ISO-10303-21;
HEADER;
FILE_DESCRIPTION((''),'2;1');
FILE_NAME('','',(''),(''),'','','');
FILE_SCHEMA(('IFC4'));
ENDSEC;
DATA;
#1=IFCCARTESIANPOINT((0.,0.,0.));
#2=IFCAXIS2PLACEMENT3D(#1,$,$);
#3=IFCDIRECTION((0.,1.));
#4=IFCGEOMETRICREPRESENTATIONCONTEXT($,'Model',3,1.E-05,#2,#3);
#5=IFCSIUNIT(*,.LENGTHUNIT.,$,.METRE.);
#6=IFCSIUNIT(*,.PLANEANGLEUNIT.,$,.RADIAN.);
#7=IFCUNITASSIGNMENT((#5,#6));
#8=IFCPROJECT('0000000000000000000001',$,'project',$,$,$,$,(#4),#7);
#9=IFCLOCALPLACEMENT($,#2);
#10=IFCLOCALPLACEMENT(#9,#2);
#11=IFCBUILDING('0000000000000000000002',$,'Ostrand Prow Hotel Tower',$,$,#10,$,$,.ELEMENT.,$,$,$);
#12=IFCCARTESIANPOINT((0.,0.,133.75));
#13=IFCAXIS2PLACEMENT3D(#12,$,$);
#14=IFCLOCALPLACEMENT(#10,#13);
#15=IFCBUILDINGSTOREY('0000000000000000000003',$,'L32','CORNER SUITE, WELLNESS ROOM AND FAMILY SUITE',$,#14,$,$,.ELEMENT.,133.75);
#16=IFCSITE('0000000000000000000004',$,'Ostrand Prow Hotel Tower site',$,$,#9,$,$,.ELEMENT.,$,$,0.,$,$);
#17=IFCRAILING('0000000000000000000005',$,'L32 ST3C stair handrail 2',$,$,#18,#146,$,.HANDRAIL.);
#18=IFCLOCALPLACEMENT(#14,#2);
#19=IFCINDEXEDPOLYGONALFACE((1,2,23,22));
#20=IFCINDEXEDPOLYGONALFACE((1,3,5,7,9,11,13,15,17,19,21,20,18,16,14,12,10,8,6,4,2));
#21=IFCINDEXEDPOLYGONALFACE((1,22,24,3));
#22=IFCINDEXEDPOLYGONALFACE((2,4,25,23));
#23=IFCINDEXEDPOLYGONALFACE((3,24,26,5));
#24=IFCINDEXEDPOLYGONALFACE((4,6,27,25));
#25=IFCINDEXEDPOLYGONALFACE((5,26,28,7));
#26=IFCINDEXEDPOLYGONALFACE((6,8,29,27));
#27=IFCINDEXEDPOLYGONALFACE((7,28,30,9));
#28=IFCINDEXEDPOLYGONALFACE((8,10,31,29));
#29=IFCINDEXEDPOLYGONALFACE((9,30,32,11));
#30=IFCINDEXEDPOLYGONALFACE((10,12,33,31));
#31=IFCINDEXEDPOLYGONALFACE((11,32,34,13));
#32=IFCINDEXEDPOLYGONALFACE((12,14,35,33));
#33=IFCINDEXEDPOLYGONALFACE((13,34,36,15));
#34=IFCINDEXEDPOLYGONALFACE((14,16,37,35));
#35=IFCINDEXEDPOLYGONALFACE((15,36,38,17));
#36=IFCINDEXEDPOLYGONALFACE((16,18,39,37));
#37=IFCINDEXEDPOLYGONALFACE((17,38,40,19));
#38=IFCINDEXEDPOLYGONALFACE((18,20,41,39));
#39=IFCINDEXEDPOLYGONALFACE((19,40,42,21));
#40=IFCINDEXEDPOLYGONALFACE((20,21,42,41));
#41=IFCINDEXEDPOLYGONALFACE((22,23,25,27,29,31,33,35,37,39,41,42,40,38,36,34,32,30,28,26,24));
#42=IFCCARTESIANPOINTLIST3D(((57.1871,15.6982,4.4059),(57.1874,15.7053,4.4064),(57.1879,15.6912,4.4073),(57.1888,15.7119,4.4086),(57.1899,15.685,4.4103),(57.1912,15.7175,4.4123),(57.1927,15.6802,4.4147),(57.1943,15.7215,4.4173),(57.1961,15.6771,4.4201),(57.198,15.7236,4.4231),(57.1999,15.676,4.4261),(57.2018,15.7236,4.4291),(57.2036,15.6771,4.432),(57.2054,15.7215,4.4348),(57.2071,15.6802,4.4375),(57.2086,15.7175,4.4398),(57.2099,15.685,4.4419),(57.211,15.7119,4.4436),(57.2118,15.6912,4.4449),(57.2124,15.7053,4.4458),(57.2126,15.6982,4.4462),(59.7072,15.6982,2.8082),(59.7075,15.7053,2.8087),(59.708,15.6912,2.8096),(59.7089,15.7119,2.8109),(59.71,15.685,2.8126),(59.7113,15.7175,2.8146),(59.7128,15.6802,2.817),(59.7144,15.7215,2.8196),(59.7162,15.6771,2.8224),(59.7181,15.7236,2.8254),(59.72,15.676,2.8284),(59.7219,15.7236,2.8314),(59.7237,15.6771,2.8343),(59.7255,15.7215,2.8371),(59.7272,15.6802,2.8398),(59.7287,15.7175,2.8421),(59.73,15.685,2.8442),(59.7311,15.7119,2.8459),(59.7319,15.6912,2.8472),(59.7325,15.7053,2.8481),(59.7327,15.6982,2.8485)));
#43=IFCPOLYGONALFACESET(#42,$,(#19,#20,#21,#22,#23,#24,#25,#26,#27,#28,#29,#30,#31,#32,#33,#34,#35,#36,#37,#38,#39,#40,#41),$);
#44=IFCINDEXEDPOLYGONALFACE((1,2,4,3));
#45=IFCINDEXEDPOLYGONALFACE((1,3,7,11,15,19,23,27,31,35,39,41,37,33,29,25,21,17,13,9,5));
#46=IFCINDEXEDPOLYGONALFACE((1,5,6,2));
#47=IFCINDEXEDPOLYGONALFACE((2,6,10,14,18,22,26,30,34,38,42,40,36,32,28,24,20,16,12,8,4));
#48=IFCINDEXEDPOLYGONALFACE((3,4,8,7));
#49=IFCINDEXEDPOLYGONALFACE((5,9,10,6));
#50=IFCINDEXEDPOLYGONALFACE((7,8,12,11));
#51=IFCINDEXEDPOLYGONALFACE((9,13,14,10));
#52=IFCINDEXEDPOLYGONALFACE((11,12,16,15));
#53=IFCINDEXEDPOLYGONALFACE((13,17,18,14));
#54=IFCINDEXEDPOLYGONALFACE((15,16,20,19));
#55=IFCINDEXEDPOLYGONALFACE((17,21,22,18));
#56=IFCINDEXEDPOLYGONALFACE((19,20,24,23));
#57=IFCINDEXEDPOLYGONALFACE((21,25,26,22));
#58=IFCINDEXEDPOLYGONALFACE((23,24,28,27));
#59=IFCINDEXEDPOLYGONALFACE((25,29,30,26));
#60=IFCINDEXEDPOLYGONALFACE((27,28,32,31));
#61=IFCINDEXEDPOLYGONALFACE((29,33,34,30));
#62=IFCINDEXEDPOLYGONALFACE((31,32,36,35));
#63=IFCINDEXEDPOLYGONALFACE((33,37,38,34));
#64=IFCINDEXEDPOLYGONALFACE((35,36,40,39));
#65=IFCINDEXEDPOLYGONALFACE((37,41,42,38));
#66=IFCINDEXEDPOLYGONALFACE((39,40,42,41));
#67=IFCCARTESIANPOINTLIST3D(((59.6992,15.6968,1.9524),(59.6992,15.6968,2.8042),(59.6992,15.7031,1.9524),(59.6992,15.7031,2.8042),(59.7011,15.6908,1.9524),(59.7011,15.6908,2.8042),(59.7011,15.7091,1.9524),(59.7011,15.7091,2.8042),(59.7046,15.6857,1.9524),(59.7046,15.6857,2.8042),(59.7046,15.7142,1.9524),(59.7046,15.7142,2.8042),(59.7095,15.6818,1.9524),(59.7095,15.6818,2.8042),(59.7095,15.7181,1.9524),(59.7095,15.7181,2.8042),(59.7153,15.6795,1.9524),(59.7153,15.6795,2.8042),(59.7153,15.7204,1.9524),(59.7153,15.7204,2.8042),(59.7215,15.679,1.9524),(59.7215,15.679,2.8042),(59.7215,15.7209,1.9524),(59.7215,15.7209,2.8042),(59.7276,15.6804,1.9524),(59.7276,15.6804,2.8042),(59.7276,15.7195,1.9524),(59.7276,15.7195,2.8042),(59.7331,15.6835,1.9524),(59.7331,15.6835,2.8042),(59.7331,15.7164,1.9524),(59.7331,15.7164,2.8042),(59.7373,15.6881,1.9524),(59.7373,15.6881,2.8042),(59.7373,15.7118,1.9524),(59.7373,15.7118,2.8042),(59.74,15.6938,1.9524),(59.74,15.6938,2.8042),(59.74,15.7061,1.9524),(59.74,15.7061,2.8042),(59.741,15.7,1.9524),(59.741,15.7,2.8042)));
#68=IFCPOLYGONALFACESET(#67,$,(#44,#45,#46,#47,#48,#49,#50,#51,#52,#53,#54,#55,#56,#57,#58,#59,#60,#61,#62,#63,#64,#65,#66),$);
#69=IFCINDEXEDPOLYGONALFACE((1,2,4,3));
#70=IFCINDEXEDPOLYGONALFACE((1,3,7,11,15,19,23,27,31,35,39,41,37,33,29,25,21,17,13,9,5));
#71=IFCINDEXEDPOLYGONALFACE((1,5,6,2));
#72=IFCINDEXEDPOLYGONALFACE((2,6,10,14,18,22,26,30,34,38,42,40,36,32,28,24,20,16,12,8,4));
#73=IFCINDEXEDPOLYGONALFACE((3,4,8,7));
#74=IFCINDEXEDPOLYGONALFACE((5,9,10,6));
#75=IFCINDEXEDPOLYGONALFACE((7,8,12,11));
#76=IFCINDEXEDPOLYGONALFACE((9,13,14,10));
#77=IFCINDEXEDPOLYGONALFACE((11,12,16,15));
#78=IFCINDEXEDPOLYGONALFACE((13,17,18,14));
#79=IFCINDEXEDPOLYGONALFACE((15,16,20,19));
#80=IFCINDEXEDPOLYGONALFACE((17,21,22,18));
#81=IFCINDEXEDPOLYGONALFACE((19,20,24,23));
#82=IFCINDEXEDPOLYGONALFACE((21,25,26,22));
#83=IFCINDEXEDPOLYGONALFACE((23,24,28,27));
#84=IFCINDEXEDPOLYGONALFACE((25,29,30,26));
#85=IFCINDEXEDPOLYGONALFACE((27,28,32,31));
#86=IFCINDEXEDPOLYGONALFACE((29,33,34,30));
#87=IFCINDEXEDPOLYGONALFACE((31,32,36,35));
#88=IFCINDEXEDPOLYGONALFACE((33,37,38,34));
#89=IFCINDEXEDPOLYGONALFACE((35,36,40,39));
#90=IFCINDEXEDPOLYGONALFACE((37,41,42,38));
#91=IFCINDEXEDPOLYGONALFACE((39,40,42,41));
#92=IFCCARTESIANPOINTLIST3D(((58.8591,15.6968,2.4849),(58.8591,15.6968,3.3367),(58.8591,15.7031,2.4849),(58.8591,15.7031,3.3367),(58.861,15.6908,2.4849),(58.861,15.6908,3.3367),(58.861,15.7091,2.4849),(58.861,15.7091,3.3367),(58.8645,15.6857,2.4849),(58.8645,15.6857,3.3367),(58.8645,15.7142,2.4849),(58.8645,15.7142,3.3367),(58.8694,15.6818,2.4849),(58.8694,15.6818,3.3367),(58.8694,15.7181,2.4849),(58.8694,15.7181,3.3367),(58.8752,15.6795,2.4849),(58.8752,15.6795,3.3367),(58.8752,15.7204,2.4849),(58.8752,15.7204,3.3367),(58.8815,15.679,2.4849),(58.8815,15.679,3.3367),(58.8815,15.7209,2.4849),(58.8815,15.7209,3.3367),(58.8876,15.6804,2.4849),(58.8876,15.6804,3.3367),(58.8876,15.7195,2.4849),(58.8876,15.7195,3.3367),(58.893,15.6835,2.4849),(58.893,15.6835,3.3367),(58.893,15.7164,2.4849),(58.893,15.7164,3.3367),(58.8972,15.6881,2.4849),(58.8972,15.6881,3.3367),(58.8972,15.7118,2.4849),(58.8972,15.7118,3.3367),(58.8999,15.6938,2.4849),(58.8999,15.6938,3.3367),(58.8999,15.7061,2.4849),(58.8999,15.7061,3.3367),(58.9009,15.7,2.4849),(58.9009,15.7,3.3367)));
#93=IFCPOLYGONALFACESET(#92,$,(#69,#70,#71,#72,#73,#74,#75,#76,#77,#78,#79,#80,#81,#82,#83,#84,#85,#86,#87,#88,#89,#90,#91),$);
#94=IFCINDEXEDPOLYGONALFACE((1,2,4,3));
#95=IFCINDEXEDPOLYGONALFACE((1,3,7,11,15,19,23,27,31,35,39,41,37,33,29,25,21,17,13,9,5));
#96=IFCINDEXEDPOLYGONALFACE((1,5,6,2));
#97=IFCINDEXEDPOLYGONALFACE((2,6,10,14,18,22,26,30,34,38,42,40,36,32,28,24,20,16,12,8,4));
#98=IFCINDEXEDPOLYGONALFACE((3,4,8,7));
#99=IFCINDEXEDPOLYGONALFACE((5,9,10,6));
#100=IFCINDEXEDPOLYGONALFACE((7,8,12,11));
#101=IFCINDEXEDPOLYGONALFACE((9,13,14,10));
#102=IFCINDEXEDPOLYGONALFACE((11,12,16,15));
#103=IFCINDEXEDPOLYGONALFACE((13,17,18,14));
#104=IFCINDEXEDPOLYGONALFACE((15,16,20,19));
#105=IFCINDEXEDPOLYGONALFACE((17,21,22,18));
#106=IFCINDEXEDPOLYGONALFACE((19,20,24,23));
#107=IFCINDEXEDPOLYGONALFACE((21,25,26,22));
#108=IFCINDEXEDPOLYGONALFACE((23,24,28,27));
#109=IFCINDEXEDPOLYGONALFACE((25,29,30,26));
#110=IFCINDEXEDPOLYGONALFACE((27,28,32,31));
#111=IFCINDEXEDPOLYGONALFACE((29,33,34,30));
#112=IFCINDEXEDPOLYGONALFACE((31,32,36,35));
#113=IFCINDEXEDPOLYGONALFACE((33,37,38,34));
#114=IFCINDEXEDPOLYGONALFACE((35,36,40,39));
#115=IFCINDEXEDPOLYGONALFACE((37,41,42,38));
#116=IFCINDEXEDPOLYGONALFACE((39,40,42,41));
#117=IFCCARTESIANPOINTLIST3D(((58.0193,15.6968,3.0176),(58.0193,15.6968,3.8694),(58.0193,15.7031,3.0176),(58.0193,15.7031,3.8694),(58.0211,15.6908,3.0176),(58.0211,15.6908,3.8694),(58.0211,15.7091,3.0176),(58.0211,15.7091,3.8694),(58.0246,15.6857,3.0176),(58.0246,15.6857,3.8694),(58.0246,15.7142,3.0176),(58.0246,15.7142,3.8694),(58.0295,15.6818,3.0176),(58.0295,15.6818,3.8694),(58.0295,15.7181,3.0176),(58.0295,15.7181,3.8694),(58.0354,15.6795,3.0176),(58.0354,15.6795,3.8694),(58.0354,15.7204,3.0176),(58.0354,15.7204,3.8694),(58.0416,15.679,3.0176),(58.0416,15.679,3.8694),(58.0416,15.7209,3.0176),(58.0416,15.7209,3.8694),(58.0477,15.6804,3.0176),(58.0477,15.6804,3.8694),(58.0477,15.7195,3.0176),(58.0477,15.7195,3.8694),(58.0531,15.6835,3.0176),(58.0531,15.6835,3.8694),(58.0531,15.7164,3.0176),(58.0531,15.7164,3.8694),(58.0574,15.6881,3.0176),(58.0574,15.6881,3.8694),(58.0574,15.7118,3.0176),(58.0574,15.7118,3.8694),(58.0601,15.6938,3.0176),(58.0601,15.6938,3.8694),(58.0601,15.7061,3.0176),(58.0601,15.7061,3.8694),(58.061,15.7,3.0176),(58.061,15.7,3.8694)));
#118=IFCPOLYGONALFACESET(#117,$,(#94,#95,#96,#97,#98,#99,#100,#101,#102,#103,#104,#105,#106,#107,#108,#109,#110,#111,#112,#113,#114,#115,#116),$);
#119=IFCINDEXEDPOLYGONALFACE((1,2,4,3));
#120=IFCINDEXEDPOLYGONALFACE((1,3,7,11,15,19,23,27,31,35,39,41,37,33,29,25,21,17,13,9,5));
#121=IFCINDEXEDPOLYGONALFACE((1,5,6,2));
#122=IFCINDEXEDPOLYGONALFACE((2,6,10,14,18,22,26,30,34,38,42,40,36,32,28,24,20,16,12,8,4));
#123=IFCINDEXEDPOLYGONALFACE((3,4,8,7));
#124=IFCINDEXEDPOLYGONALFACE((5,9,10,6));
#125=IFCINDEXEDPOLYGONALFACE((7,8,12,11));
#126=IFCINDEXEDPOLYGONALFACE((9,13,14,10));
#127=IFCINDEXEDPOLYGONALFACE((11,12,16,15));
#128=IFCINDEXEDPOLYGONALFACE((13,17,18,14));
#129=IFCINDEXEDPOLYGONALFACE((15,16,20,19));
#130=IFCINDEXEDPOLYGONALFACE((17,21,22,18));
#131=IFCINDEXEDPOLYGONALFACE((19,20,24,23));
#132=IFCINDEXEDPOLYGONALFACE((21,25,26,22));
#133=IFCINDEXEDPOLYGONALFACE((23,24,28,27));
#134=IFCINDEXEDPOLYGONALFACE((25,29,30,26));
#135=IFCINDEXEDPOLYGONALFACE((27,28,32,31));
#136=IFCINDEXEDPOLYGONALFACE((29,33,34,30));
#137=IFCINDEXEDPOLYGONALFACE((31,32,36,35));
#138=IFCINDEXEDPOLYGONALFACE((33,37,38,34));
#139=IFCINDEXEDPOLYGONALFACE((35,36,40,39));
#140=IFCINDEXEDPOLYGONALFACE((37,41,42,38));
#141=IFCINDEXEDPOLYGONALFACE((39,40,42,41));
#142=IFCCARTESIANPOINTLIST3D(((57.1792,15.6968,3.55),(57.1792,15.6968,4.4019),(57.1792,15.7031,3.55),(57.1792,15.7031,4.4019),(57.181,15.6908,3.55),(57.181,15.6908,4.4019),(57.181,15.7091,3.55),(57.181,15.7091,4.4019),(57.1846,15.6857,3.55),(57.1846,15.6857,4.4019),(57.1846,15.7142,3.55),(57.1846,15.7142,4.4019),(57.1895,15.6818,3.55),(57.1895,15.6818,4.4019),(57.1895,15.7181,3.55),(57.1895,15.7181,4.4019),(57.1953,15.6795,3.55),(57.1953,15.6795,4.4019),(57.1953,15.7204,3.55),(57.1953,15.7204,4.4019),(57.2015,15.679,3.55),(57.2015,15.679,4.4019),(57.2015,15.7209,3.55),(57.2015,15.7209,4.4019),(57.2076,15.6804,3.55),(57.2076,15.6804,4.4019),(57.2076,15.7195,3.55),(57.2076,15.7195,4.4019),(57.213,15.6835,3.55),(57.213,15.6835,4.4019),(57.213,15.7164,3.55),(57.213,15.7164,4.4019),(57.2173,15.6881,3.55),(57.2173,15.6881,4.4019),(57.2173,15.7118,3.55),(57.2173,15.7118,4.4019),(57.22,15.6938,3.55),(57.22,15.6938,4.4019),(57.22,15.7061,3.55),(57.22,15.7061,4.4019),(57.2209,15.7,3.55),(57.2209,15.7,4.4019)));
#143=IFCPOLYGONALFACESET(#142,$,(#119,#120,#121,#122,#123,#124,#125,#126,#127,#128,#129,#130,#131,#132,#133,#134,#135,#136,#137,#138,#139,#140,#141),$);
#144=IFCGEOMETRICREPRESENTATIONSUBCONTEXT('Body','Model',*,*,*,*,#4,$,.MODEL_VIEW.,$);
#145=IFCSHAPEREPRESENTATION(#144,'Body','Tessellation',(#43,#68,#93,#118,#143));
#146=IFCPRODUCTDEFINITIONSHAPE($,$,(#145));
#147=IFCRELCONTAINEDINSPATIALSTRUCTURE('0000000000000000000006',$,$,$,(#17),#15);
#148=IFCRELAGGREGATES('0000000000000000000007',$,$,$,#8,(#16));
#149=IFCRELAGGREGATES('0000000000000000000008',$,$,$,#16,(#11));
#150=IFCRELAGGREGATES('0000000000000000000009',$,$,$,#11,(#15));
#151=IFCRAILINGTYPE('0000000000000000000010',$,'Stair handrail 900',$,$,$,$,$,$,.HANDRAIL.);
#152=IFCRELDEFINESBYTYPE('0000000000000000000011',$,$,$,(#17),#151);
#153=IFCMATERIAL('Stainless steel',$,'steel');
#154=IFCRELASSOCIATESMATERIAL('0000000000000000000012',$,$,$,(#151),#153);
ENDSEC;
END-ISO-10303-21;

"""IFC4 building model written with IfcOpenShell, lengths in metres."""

from ifc_helpers import new_model, si_unit, direction, frame, origin, origin_2d, place, context, subcontext, project, spatial, circle, extrude, material, type_object, element, save


model = new_model("IFC4")

# Units and contexts
model_context = context("Model", 3, precision=1e-05, world=origin(), true_north=direction((0.0, 1.0)))
body_context = subcontext(model_context, "Body", "Model", "MODEL_VIEW")
ifc_project = project(units=[si_unit("LENGTHUNIT", "METRE"), si_unit("PLANEANGLEUNIT", "RADIAN")], contexts=[model_context])

# Site, building, storey
site_placement = place(None, origin())
site = spatial("IfcSite", under=ifc_project, at=site_placement, Name="Ostrand Prow Hotel Tower site", CompositionType="ELEMENT", RefElevation=0.0)
building_placement = place(site_placement, origin())
building = spatial("IfcBuilding", under=site, at=building_placement, Name="Ostrand Prow Hotel Tower", CompositionType="ELEMENT")
storey_placement = place(building_placement, frame((0.0, 0.0, 133.75)))
storey = spatial("IfcBuildingStorey", under=building, at=storey_placement, Name="L32", Description="CORNER SUITE, WELLNESS ROOM AND FAMILY SUITE", CompositionType="ELEMENT", Elevation=133.75)

# Railing
ifc_material_1 = material(Name="Stainless steel", Category="steel")
railing_type_1 = type_object("IfcRailingType", Name="Stair handrail 900", PredefinedType="HANDRAIL", material=ifc_material_1)
railing_1_placement = place(storey_placement, frame((59.72, 15.7, 1.9524)))
element("IfcRailing", 1, at=railing_1_placement, inside=storey, type_object=railing_type_1, Name="L32 ST3C stair handrail 2", PredefinedType="HANDRAIL", context=body_context, shape_type="SweptSolid", body=[
    extrude(circle(Radius=0.0239, at=origin_2d()), frame((0.0, 0.0, 0.876), z_axis=(-0.84457, 0.0, 0.535445), x_axis=(0.0, -1.0, 0.0)), (0.0, 0.0, 1.0), 2.9839),
    extrude(circle(Radius=0.021, at=origin_2d()), origin(), (0.0, 0.0, 1.0), 0.8518),
    extrude(circle(Radius=0.021, at=origin_2d()), frame((-0.8401, 0.0, 0.5325)), (0.0, 0.0, 1.0), 0.8518),
    extrude(circle(Radius=0.021, at=origin_2d()), frame((-1.6799, 0.0, 1.0652)), (0.0, 0.0, 1.0), 0.8518),
    extrude(circle(Radius=0.021, at=origin_2d()), frame((-2.52, 0.0, 1.5977)), (0.0, 0.0, 1.0), 0.8518),
])

save(model, "model.ifc")
